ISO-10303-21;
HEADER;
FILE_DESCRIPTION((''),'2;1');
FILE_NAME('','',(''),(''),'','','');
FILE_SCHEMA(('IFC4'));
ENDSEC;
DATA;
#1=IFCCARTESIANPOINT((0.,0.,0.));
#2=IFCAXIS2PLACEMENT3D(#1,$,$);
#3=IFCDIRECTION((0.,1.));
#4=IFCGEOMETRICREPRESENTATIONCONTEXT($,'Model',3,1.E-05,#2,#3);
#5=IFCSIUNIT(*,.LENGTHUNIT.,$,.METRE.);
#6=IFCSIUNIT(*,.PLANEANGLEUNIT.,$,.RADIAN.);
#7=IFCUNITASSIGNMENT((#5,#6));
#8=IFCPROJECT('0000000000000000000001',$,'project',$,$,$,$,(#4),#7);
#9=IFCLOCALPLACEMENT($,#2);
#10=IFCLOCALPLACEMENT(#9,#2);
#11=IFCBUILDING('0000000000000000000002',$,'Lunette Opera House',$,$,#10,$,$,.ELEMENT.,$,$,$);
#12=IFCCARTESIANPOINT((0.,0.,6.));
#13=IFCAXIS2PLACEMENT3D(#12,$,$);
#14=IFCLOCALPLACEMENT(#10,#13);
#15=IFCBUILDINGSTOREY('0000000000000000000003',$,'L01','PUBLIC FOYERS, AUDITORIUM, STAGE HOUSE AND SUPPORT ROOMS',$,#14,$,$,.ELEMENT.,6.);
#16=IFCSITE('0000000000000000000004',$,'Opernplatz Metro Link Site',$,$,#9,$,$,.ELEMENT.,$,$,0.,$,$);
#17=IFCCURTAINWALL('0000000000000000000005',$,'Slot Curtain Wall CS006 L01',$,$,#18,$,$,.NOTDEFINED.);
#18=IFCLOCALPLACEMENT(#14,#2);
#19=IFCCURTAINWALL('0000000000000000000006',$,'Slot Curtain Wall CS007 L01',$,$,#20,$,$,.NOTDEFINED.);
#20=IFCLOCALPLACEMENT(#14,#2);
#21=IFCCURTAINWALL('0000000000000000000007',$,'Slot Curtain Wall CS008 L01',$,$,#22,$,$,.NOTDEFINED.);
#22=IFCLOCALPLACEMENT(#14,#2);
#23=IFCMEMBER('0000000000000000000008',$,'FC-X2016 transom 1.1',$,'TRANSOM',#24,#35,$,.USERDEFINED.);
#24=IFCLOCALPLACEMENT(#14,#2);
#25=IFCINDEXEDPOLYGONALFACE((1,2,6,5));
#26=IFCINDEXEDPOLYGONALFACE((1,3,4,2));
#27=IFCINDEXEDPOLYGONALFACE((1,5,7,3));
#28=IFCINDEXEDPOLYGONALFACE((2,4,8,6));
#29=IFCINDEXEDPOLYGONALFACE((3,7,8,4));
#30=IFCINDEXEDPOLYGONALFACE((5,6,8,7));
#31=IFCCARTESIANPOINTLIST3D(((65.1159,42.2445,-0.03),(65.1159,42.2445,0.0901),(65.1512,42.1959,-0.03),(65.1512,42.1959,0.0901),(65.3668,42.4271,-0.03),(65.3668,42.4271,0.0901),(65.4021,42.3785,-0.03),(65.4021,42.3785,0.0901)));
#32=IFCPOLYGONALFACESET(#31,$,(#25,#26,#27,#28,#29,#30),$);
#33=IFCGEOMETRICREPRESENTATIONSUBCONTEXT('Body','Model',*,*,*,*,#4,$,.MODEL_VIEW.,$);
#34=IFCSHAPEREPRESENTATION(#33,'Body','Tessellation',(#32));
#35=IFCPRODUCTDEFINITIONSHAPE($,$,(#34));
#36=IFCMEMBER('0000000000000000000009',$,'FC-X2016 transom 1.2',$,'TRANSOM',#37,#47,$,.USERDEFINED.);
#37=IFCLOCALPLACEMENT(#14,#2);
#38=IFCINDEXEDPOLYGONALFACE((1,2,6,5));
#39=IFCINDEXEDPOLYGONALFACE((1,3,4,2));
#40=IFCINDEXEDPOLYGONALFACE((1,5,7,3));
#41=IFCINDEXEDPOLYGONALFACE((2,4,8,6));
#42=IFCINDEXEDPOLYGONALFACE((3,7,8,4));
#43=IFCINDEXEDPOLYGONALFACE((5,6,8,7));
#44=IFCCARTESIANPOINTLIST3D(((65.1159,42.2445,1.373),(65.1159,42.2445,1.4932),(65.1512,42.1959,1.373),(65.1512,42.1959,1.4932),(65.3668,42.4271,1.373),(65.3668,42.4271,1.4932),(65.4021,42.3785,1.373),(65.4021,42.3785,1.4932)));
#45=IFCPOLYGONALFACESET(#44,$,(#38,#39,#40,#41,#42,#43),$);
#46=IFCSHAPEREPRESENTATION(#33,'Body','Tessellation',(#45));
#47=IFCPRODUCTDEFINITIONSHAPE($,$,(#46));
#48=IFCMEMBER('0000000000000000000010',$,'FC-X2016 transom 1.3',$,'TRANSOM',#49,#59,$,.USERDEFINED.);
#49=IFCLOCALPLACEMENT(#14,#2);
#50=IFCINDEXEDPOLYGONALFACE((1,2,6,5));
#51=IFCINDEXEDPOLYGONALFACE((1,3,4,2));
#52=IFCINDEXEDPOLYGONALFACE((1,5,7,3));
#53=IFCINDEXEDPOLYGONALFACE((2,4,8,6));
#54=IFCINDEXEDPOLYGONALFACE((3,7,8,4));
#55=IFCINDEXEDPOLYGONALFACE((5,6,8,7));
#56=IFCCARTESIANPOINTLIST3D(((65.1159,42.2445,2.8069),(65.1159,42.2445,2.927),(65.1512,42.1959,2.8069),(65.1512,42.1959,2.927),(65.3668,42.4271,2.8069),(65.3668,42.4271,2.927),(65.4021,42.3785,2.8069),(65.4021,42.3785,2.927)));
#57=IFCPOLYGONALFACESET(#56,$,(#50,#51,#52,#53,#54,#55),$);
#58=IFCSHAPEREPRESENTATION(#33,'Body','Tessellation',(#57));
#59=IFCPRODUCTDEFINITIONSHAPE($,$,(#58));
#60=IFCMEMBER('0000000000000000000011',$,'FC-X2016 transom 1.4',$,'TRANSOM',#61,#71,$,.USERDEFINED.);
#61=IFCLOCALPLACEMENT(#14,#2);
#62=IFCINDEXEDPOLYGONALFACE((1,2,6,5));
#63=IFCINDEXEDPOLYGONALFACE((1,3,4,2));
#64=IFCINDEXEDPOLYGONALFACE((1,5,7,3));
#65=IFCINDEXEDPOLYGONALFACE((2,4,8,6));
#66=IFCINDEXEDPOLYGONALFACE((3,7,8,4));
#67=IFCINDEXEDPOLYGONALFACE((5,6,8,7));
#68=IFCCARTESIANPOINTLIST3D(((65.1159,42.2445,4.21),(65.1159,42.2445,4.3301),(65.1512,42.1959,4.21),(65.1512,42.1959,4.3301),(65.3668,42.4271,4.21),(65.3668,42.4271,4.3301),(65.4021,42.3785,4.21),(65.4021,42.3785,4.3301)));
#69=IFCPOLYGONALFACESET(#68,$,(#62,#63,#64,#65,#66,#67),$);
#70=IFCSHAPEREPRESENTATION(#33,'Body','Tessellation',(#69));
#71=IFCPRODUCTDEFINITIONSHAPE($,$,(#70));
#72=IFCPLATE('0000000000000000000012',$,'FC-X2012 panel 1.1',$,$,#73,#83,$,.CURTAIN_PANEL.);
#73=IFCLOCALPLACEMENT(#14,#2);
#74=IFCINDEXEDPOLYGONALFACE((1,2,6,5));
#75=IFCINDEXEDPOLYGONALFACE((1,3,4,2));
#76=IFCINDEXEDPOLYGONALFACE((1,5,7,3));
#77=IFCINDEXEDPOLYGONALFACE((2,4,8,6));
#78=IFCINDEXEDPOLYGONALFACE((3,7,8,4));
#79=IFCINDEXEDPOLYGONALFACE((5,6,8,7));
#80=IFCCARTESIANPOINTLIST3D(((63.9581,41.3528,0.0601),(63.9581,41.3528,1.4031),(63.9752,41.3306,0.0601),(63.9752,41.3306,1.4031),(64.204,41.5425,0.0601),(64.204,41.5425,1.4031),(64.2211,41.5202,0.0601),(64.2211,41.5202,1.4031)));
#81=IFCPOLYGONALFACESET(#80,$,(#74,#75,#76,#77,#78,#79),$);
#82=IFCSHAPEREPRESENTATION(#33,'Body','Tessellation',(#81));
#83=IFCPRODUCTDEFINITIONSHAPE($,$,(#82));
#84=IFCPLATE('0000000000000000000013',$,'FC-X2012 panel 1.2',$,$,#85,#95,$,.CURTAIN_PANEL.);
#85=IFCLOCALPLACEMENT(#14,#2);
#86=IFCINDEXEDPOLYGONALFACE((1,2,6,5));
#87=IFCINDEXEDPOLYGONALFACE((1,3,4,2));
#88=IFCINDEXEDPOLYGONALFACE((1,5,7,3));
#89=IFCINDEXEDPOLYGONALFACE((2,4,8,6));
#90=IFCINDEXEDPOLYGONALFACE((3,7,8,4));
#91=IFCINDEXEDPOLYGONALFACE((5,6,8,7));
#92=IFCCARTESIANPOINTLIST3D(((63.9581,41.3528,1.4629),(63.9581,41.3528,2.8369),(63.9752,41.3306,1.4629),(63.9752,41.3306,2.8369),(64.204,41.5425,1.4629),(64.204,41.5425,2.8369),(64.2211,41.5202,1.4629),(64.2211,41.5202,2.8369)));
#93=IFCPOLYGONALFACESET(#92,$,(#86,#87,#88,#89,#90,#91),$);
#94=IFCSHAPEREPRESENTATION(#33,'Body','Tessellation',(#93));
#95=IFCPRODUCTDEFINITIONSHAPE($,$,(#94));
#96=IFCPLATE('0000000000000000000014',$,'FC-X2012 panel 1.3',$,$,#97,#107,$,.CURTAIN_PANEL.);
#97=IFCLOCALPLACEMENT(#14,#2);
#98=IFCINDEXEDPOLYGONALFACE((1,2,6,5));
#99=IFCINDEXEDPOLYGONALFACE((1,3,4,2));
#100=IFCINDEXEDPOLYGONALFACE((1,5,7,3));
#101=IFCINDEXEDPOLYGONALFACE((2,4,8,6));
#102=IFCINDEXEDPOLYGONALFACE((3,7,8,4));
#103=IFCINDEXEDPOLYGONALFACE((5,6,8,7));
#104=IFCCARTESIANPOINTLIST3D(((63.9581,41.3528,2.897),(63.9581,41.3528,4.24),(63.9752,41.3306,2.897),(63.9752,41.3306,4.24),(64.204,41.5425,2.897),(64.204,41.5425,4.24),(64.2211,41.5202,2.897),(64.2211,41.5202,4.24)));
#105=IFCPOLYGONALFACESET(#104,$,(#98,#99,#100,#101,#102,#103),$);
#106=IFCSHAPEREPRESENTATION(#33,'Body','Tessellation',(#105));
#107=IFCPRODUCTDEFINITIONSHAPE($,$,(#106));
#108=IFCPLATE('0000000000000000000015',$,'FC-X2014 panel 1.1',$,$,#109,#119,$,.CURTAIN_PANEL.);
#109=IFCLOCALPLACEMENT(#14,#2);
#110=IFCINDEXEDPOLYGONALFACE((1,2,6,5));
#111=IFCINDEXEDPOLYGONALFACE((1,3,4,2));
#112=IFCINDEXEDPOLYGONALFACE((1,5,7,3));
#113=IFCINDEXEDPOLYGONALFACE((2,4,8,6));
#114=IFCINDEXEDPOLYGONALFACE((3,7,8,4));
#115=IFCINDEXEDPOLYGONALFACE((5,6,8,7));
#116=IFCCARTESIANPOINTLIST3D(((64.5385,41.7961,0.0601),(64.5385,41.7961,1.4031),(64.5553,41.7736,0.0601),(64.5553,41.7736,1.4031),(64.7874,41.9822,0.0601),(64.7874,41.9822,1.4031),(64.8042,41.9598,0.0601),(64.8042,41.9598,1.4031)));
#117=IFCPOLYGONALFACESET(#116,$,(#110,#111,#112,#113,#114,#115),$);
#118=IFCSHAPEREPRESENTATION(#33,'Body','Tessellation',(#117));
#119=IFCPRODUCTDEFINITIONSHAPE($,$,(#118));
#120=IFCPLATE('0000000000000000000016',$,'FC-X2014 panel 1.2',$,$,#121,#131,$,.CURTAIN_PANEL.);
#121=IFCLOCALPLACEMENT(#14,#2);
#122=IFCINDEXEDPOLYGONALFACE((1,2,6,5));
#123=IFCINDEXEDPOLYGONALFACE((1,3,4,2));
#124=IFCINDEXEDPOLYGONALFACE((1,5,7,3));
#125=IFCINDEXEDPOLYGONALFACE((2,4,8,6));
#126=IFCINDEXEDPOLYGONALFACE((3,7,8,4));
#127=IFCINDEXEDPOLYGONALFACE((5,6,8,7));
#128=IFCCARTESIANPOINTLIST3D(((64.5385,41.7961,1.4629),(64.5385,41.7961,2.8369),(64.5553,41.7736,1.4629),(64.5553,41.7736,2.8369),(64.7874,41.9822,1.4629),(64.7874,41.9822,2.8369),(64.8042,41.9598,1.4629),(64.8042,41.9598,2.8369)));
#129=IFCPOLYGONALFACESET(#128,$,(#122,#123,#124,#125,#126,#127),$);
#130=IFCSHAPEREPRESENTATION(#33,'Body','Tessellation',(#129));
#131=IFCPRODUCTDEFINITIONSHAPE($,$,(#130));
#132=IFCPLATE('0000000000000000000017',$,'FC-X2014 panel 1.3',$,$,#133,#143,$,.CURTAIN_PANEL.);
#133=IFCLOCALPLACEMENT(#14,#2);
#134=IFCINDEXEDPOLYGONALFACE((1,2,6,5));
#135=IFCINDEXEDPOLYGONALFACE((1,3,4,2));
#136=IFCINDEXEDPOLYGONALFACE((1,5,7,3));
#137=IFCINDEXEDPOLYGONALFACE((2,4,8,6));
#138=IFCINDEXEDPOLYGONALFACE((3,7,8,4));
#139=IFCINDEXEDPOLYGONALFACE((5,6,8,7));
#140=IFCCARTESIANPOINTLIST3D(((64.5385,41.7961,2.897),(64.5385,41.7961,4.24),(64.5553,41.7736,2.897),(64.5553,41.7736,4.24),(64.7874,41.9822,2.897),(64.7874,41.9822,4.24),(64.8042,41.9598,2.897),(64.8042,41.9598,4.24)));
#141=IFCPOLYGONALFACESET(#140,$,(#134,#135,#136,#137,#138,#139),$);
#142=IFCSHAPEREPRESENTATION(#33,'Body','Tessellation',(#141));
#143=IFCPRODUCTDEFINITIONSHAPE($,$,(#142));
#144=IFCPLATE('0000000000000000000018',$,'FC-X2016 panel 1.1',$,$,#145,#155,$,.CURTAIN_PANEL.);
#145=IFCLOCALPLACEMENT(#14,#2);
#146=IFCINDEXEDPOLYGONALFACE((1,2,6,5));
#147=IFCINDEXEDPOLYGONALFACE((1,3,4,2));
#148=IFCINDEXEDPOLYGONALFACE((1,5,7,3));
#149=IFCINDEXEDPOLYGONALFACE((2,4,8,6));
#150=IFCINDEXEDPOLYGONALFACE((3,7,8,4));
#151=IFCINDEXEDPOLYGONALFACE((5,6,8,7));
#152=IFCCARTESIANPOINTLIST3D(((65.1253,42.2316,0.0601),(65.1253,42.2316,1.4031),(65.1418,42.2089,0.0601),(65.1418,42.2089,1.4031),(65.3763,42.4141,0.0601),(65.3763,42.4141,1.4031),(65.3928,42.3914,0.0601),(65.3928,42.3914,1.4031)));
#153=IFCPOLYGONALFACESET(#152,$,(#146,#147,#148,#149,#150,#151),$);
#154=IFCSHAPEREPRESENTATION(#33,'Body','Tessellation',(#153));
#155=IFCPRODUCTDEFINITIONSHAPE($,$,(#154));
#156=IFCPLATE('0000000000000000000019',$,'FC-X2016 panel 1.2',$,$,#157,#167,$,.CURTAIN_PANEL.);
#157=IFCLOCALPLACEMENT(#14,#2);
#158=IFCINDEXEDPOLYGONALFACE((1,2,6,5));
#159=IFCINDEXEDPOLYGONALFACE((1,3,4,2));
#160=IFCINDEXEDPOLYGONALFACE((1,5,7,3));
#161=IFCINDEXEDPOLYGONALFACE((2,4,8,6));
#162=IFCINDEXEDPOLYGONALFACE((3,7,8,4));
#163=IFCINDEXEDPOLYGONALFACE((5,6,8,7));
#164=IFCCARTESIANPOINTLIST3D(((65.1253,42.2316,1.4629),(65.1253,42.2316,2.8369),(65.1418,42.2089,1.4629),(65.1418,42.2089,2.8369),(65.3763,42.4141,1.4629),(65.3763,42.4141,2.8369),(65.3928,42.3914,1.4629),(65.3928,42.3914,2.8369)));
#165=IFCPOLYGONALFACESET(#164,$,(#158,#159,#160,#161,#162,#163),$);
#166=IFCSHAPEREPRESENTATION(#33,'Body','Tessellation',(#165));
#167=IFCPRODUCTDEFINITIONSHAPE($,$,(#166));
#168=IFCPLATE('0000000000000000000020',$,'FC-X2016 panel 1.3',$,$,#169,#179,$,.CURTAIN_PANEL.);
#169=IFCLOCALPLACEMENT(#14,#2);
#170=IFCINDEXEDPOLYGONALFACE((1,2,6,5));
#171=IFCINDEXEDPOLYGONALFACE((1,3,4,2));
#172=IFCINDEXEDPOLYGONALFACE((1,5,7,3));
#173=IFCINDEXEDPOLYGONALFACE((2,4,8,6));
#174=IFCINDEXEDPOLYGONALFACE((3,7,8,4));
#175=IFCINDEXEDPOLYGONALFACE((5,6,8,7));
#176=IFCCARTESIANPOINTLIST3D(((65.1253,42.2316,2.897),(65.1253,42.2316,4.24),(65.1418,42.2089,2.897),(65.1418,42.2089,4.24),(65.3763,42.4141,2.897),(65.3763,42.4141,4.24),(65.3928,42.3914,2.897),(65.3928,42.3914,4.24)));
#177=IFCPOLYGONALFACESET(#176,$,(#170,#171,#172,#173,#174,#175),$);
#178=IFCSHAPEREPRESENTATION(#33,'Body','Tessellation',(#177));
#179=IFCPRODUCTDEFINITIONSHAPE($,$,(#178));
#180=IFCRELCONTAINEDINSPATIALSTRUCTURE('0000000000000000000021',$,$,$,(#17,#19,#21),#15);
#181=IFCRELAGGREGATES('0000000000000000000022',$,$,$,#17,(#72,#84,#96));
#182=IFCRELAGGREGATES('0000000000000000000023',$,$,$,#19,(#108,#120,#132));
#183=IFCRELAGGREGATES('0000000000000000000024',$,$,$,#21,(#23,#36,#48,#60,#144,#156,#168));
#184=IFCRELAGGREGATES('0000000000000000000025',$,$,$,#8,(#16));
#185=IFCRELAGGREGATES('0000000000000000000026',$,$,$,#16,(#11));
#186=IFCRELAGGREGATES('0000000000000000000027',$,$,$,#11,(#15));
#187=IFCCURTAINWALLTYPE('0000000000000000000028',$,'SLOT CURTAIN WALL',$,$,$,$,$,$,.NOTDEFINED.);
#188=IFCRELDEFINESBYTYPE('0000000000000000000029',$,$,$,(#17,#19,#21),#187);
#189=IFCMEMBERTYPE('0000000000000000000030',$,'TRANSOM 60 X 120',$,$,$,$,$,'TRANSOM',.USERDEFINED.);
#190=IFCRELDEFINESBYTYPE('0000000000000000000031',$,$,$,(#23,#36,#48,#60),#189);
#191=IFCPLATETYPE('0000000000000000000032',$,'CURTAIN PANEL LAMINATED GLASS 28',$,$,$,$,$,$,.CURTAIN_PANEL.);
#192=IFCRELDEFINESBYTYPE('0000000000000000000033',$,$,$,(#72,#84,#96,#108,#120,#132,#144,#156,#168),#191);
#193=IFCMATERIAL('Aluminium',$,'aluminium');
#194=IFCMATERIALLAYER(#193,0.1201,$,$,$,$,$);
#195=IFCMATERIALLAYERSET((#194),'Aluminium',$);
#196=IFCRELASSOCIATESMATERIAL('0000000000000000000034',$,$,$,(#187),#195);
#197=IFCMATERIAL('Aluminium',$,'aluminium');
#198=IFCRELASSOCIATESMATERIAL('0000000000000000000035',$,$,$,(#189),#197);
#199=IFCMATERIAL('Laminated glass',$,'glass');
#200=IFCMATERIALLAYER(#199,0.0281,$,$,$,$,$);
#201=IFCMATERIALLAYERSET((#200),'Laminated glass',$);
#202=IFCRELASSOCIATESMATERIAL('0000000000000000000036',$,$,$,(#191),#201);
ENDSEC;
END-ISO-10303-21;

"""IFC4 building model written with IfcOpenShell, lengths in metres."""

from ifc_helpers import new_model, si_unit, direction, frame, origin, origin_2d, place, context, subcontext, project, spatial, rectangle, extrude, material, layer, layer_set, material_profile, profile_set, type_object, element, aggregate, save


model = new_model("IFC4")

# Units and contexts
model_context = context("Model", 3, precision=1e-05, world=origin(), true_north=direction((0.0, 1.0)))
body_context = subcontext(model_context, "Body", "Model", "MODEL_VIEW")
ifc_project = project(units=[si_unit("LENGTHUNIT", "METRE"), si_unit("PLANEANGLEUNIT", "RADIAN")], contexts=[model_context])

# Site, building, storey
site_placement = place(None, origin())
site = spatial("IfcSite", under=ifc_project, at=site_placement, Name="Opernplatz Metro Link Site", CompositionType="ELEMENT", RefElevation=0.0)
building_placement = place(site_placement, origin())
building = spatial("IfcBuilding", under=site, at=building_placement, Name="Lunette Opera House", CompositionType="ELEMENT")
storey_placement = place(building_placement, frame((0.0, 0.0, 6.0)))
storey = spatial("IfcBuildingStorey", under=building, at=storey_placement, Name="L01", Description="PUBLIC FOYERS, AUDITORIUM, STAGE HOUSE AND SUPPORT ROOMS", CompositionType="ELEMENT", Elevation=6.0)

# Curtain wall
ifc_material_1 = material(Name="Aluminium", Category="aluminium")
ifc_layer_1 = layer(ifc_material_1, 0.1201)
ifc_layer_set_1 = layer_set([ifc_layer_1], Name="Aluminium")
curtain_wall_type = type_object("IfcCurtainWallType", Name="SLOT CURTAIN WALL", PredefinedType="NOTDEFINED", material=ifc_layer_set_1)
curtain_wall_1_placement = place(storey_placement, origin())
curtain_wall_1 = element("IfcCurtainWall", 1, at=curtain_wall_1_placement, inside=storey, type_object=curtain_wall_type, Name="Slot Curtain Wall CS006 L01", PredefinedType="NOTDEFINED")

# Curtain walls
curtain_wall_2_placement = place(storey_placement, origin())
curtain_wall_2 = element("IfcCurtainWall", 2, at=curtain_wall_2_placement, inside=storey, type_object=curtain_wall_type, Name="Slot Curtain Wall CS007 L01", PredefinedType="NOTDEFINED")
curtain_wall_3_placement = place(storey_placement, origin())
curtain_wall_3 = element("IfcCurtainWall", 3, at=curtain_wall_3_placement, inside=storey, type_object=curtain_wall_type, Name="Slot Curtain Wall CS008 L01", PredefinedType="NOTDEFINED")

# Members
ifc_material_2 = material(Name="Aluminium", Category="aluminium")
ifc_material_profile_1 = material_profile(ifc_material_2, rectangle(XDim=0.0601, YDim=0.1201, at=origin_2d()), Name="TRANSOM 60 X 120")
ifc_profile_set_1 = profile_set([ifc_material_profile_1], Name="Aluminium")
member_type_1 = type_object("IfcMemberType", Name="TRANSOM 60 X 120", ElementType="TRANSOM", PredefinedType="USERDEFINED", material=ifc_profile_set_1)
member_1_placement = place(storey_placement, frame((65.1335, 42.2202, 0.03), z_axis=(0.8086, 0.588359, 0.0), x_axis=(-0.588359, 0.8086, 0.0)))
member_1 = element("IfcMember", 4, at=member_1_placement, type_object=member_type_1, Name="FC-X2016 transom 1.1", ObjectType="TRANSOM", PredefinedType="USERDEFINED", context=body_context, shape_type="SweptSolid", body=[
    extrude(rectangle(XDim=0.0601, YDim=0.1201, at=origin_2d()), origin(), (0.0, 0.0, 1.0), 0.3103),
])
member_2_placement = place(storey_placement, frame((65.1335, 42.2202, 1.4331), z_axis=(0.8086, 0.588359, 0.0), x_axis=(-0.588359, 0.8086, 0.0)))
member_2 = element("IfcMember", 5, at=member_2_placement, type_object=member_type_1, Name="FC-X2016 transom 1.2", ObjectType="TRANSOM", PredefinedType="USERDEFINED", context=body_context, shape_type="SweptSolid", body=[
    extrude(rectangle(XDim=0.0601, YDim=0.1201, at=origin_2d()), origin(), (0.0, 0.0, 1.0), 0.3103),
])
member_3_placement = place(storey_placement, frame((65.1335, 42.2202, 2.8669), z_axis=(0.8086, 0.588359, 0.0), x_axis=(-0.588359, 0.8086, 0.0)))
member_3 = element("IfcMember", 6, at=member_3_placement, type_object=member_type_1, Name="FC-X2016 transom 1.3", ObjectType="TRANSOM", PredefinedType="USERDEFINED", context=body_context, shape_type="SweptSolid", body=[
    extrude(rectangle(XDim=0.0601, YDim=0.1201, at=origin_2d()), origin(), (0.0, 0.0, 1.0), 0.3103),
])
member_4_placement = place(storey_placement, frame((65.1335, 42.2202, 4.27), z_axis=(0.8086, 0.588359, 0.0), x_axis=(-0.588359, 0.8086, 0.0)))
member_4 = element("IfcMember", 7, at=member_4_placement, type_object=member_type_1, Name="FC-X2016 transom 1.4", ObjectType="TRANSOM", PredefinedType="USERDEFINED", context=body_context, shape_type="SweptSolid", body=[
    extrude(rectangle(XDim=0.0601, YDim=0.1201, at=origin_2d()), origin(), (0.0, 0.0, 1.0), 0.3103),
])

# Plates
ifc_material_3 = material(Name="Laminated glass", Category="glass")
ifc_layer_2 = layer(ifc_material_3, 0.0281)
ifc_layer_set_2 = layer_set([ifc_layer_2], Name="Laminated glass")
plate_type = type_object("IfcPlateType", Name="CURTAIN PANEL LAMINATED GLASS 28", PredefinedType="CURTAIN_PANEL", material=ifc_layer_set_2)
plate_1_placement = place(storey_placement, frame((64.0896, 41.4365, 0.0601), z_axis=(0.0, 0.0, 1.0), x_axis=(0.791846, 0.61072, 0.0)))
plate_1 = element("IfcPlate", 8, at=plate_1_placement, type_object=plate_type, Name="FC-X2012 panel 1.1", PredefinedType="CURTAIN_PANEL", context=body_context, shape_type="SweptSolid", body=[
    extrude(rectangle(XDim=0.3105, YDim=0.0281, at=origin_2d()), origin(), (0.0, 0.0, 1.0), 1.343),
])
plate_2_placement = place(storey_placement, frame((64.0896, 41.4365, 1.4629), z_axis=(0.0, 0.0, 1.0), x_axis=(0.791846, 0.61072, 0.0)))
plate_2 = element("IfcPlate", 9, at=plate_2_placement, type_object=plate_type, Name="FC-X2012 panel 1.2", PredefinedType="CURTAIN_PANEL", context=body_context, shape_type="SweptSolid", body=[
    extrude(rectangle(XDim=0.3105, YDim=0.0281, at=origin_2d()), origin(), (0.0, 0.0, 1.0), 1.374),
])
plate_3_placement = place(storey_placement, frame((64.0896, 41.4365, 2.897), z_axis=(0.0, 0.0, 1.0), x_axis=(0.791846, 0.61072, 0.0)))
plate_3 = element("IfcPlate", 10, at=plate_3_placement, type_object=plate_type, Name="FC-X2012 panel 1.3", PredefinedType="CURTAIN_PANEL", context=body_context, shape_type="SweptSolid", body=[
    extrude(rectangle(XDim=0.3105, YDim=0.0281, at=origin_2d()), origin(), (0.0, 0.0, 1.0), 1.343),
])
aggregate(curtain_wall_1, [plate_1, plate_2, plate_3])
plate_4_placement = place(storey_placement, frame((64.6714, 41.8779, 0.0601), z_axis=(0.0, 0.0, 1.0), x_axis=(0.800835, 0.598885, 0.0)))
plate_4 = element("IfcPlate", 11, at=plate_4_placement, type_object=plate_type, Name="FC-X2014 panel 1.1", PredefinedType="CURTAIN_PANEL", context=body_context, shape_type="SweptSolid", body=[
    extrude(rectangle(XDim=0.3108, YDim=0.0281, at=origin_2d()), origin(), (0.0, 0.0, 1.0), 1.343),
])
plate_5_placement = place(storey_placement, frame((64.6714, 41.8779, 1.4629), z_axis=(0.0, 0.0, 1.0), x_axis=(0.800835, 0.598885, 0.0)))
plate_5 = element("IfcPlate", 12, at=plate_5_placement, type_object=plate_type, Name="FC-X2014 panel 1.2", PredefinedType="CURTAIN_PANEL", context=body_context, shape_type="SweptSolid", body=[
    extrude(rectangle(XDim=0.3108, YDim=0.0281, at=origin_2d()), origin(), (0.0, 0.0, 1.0), 1.374),
])
plate_6_placement = place(storey_placement, frame((64.6714, 41.8779, 2.897), z_axis=(0.0, 0.0, 1.0), x_axis=(0.800835, 0.598885, 0.0)))
plate_6 = element("IfcPlate", 13, at=plate_6_placement, type_object=plate_type, Name="FC-X2014 panel 1.3", PredefinedType="CURTAIN_PANEL", context=body_context, shape_type="SweptSolid", body=[
    extrude(rectangle(XDim=0.3108, YDim=0.0281, at=origin_2d()), origin(), (0.0, 0.0, 1.0), 1.343),
])
aggregate(curtain_wall_2, [plate_4, plate_5, plate_6])
plate_7_placement = place(storey_placement, frame((65.259, 42.3115, 0.0601), z_axis=(0.0, 0.0, 1.0), x_axis=(0.808837, 0.588033, 0.0)))
plate_7 = element("IfcPlate", 14, at=plate_7_placement, type_object=plate_type, Name="FC-X2016 panel 1.1", PredefinedType="CURTAIN_PANEL", context=body_context, shape_type="SweptSolid", body=[
    extrude(rectangle(XDim=0.3103, YDim=0.0281, at=origin_2d()), origin(), (0.0, 0.0, 1.0), 1.343),
])
plate_8_placement = place(storey_placement, frame((65.259, 42.3115, 1.4629), z_axis=(0.0, 0.0, 1.0), x_axis=(0.808837, 0.588033, 0.0)))
plate_8 = element("IfcPlate", 15, at=plate_8_placement, type_object=plate_type, Name="FC-X2016 panel 1.2", PredefinedType="CURTAIN_PANEL", context=body_context, shape_type="SweptSolid", body=[
    extrude(rectangle(XDim=0.3103, YDim=0.0281, at=origin_2d()), origin(), (0.0, 0.0, 1.0), 1.374),
])
plate_9_placement = place(storey_placement, frame((65.259, 42.3115, 2.897), z_axis=(0.0, 0.0, 1.0), x_axis=(0.808837, 0.588033, 0.0)))
plate_9 = element("IfcPlate", 16, at=plate_9_placement, type_object=plate_type, Name="FC-X2016 panel 1.3", PredefinedType="CURTAIN_PANEL", context=body_context, shape_type="SweptSolid", body=[
    extrude(rectangle(XDim=0.3103, YDim=0.0281, at=origin_2d()), origin(), (0.0, 0.0, 1.0), 1.343),
])
aggregate(curtain_wall_3, [member_1, member_2, member_3, member_4, plate_7, plate_8, plate_9])

save(model, "model.ifc")
